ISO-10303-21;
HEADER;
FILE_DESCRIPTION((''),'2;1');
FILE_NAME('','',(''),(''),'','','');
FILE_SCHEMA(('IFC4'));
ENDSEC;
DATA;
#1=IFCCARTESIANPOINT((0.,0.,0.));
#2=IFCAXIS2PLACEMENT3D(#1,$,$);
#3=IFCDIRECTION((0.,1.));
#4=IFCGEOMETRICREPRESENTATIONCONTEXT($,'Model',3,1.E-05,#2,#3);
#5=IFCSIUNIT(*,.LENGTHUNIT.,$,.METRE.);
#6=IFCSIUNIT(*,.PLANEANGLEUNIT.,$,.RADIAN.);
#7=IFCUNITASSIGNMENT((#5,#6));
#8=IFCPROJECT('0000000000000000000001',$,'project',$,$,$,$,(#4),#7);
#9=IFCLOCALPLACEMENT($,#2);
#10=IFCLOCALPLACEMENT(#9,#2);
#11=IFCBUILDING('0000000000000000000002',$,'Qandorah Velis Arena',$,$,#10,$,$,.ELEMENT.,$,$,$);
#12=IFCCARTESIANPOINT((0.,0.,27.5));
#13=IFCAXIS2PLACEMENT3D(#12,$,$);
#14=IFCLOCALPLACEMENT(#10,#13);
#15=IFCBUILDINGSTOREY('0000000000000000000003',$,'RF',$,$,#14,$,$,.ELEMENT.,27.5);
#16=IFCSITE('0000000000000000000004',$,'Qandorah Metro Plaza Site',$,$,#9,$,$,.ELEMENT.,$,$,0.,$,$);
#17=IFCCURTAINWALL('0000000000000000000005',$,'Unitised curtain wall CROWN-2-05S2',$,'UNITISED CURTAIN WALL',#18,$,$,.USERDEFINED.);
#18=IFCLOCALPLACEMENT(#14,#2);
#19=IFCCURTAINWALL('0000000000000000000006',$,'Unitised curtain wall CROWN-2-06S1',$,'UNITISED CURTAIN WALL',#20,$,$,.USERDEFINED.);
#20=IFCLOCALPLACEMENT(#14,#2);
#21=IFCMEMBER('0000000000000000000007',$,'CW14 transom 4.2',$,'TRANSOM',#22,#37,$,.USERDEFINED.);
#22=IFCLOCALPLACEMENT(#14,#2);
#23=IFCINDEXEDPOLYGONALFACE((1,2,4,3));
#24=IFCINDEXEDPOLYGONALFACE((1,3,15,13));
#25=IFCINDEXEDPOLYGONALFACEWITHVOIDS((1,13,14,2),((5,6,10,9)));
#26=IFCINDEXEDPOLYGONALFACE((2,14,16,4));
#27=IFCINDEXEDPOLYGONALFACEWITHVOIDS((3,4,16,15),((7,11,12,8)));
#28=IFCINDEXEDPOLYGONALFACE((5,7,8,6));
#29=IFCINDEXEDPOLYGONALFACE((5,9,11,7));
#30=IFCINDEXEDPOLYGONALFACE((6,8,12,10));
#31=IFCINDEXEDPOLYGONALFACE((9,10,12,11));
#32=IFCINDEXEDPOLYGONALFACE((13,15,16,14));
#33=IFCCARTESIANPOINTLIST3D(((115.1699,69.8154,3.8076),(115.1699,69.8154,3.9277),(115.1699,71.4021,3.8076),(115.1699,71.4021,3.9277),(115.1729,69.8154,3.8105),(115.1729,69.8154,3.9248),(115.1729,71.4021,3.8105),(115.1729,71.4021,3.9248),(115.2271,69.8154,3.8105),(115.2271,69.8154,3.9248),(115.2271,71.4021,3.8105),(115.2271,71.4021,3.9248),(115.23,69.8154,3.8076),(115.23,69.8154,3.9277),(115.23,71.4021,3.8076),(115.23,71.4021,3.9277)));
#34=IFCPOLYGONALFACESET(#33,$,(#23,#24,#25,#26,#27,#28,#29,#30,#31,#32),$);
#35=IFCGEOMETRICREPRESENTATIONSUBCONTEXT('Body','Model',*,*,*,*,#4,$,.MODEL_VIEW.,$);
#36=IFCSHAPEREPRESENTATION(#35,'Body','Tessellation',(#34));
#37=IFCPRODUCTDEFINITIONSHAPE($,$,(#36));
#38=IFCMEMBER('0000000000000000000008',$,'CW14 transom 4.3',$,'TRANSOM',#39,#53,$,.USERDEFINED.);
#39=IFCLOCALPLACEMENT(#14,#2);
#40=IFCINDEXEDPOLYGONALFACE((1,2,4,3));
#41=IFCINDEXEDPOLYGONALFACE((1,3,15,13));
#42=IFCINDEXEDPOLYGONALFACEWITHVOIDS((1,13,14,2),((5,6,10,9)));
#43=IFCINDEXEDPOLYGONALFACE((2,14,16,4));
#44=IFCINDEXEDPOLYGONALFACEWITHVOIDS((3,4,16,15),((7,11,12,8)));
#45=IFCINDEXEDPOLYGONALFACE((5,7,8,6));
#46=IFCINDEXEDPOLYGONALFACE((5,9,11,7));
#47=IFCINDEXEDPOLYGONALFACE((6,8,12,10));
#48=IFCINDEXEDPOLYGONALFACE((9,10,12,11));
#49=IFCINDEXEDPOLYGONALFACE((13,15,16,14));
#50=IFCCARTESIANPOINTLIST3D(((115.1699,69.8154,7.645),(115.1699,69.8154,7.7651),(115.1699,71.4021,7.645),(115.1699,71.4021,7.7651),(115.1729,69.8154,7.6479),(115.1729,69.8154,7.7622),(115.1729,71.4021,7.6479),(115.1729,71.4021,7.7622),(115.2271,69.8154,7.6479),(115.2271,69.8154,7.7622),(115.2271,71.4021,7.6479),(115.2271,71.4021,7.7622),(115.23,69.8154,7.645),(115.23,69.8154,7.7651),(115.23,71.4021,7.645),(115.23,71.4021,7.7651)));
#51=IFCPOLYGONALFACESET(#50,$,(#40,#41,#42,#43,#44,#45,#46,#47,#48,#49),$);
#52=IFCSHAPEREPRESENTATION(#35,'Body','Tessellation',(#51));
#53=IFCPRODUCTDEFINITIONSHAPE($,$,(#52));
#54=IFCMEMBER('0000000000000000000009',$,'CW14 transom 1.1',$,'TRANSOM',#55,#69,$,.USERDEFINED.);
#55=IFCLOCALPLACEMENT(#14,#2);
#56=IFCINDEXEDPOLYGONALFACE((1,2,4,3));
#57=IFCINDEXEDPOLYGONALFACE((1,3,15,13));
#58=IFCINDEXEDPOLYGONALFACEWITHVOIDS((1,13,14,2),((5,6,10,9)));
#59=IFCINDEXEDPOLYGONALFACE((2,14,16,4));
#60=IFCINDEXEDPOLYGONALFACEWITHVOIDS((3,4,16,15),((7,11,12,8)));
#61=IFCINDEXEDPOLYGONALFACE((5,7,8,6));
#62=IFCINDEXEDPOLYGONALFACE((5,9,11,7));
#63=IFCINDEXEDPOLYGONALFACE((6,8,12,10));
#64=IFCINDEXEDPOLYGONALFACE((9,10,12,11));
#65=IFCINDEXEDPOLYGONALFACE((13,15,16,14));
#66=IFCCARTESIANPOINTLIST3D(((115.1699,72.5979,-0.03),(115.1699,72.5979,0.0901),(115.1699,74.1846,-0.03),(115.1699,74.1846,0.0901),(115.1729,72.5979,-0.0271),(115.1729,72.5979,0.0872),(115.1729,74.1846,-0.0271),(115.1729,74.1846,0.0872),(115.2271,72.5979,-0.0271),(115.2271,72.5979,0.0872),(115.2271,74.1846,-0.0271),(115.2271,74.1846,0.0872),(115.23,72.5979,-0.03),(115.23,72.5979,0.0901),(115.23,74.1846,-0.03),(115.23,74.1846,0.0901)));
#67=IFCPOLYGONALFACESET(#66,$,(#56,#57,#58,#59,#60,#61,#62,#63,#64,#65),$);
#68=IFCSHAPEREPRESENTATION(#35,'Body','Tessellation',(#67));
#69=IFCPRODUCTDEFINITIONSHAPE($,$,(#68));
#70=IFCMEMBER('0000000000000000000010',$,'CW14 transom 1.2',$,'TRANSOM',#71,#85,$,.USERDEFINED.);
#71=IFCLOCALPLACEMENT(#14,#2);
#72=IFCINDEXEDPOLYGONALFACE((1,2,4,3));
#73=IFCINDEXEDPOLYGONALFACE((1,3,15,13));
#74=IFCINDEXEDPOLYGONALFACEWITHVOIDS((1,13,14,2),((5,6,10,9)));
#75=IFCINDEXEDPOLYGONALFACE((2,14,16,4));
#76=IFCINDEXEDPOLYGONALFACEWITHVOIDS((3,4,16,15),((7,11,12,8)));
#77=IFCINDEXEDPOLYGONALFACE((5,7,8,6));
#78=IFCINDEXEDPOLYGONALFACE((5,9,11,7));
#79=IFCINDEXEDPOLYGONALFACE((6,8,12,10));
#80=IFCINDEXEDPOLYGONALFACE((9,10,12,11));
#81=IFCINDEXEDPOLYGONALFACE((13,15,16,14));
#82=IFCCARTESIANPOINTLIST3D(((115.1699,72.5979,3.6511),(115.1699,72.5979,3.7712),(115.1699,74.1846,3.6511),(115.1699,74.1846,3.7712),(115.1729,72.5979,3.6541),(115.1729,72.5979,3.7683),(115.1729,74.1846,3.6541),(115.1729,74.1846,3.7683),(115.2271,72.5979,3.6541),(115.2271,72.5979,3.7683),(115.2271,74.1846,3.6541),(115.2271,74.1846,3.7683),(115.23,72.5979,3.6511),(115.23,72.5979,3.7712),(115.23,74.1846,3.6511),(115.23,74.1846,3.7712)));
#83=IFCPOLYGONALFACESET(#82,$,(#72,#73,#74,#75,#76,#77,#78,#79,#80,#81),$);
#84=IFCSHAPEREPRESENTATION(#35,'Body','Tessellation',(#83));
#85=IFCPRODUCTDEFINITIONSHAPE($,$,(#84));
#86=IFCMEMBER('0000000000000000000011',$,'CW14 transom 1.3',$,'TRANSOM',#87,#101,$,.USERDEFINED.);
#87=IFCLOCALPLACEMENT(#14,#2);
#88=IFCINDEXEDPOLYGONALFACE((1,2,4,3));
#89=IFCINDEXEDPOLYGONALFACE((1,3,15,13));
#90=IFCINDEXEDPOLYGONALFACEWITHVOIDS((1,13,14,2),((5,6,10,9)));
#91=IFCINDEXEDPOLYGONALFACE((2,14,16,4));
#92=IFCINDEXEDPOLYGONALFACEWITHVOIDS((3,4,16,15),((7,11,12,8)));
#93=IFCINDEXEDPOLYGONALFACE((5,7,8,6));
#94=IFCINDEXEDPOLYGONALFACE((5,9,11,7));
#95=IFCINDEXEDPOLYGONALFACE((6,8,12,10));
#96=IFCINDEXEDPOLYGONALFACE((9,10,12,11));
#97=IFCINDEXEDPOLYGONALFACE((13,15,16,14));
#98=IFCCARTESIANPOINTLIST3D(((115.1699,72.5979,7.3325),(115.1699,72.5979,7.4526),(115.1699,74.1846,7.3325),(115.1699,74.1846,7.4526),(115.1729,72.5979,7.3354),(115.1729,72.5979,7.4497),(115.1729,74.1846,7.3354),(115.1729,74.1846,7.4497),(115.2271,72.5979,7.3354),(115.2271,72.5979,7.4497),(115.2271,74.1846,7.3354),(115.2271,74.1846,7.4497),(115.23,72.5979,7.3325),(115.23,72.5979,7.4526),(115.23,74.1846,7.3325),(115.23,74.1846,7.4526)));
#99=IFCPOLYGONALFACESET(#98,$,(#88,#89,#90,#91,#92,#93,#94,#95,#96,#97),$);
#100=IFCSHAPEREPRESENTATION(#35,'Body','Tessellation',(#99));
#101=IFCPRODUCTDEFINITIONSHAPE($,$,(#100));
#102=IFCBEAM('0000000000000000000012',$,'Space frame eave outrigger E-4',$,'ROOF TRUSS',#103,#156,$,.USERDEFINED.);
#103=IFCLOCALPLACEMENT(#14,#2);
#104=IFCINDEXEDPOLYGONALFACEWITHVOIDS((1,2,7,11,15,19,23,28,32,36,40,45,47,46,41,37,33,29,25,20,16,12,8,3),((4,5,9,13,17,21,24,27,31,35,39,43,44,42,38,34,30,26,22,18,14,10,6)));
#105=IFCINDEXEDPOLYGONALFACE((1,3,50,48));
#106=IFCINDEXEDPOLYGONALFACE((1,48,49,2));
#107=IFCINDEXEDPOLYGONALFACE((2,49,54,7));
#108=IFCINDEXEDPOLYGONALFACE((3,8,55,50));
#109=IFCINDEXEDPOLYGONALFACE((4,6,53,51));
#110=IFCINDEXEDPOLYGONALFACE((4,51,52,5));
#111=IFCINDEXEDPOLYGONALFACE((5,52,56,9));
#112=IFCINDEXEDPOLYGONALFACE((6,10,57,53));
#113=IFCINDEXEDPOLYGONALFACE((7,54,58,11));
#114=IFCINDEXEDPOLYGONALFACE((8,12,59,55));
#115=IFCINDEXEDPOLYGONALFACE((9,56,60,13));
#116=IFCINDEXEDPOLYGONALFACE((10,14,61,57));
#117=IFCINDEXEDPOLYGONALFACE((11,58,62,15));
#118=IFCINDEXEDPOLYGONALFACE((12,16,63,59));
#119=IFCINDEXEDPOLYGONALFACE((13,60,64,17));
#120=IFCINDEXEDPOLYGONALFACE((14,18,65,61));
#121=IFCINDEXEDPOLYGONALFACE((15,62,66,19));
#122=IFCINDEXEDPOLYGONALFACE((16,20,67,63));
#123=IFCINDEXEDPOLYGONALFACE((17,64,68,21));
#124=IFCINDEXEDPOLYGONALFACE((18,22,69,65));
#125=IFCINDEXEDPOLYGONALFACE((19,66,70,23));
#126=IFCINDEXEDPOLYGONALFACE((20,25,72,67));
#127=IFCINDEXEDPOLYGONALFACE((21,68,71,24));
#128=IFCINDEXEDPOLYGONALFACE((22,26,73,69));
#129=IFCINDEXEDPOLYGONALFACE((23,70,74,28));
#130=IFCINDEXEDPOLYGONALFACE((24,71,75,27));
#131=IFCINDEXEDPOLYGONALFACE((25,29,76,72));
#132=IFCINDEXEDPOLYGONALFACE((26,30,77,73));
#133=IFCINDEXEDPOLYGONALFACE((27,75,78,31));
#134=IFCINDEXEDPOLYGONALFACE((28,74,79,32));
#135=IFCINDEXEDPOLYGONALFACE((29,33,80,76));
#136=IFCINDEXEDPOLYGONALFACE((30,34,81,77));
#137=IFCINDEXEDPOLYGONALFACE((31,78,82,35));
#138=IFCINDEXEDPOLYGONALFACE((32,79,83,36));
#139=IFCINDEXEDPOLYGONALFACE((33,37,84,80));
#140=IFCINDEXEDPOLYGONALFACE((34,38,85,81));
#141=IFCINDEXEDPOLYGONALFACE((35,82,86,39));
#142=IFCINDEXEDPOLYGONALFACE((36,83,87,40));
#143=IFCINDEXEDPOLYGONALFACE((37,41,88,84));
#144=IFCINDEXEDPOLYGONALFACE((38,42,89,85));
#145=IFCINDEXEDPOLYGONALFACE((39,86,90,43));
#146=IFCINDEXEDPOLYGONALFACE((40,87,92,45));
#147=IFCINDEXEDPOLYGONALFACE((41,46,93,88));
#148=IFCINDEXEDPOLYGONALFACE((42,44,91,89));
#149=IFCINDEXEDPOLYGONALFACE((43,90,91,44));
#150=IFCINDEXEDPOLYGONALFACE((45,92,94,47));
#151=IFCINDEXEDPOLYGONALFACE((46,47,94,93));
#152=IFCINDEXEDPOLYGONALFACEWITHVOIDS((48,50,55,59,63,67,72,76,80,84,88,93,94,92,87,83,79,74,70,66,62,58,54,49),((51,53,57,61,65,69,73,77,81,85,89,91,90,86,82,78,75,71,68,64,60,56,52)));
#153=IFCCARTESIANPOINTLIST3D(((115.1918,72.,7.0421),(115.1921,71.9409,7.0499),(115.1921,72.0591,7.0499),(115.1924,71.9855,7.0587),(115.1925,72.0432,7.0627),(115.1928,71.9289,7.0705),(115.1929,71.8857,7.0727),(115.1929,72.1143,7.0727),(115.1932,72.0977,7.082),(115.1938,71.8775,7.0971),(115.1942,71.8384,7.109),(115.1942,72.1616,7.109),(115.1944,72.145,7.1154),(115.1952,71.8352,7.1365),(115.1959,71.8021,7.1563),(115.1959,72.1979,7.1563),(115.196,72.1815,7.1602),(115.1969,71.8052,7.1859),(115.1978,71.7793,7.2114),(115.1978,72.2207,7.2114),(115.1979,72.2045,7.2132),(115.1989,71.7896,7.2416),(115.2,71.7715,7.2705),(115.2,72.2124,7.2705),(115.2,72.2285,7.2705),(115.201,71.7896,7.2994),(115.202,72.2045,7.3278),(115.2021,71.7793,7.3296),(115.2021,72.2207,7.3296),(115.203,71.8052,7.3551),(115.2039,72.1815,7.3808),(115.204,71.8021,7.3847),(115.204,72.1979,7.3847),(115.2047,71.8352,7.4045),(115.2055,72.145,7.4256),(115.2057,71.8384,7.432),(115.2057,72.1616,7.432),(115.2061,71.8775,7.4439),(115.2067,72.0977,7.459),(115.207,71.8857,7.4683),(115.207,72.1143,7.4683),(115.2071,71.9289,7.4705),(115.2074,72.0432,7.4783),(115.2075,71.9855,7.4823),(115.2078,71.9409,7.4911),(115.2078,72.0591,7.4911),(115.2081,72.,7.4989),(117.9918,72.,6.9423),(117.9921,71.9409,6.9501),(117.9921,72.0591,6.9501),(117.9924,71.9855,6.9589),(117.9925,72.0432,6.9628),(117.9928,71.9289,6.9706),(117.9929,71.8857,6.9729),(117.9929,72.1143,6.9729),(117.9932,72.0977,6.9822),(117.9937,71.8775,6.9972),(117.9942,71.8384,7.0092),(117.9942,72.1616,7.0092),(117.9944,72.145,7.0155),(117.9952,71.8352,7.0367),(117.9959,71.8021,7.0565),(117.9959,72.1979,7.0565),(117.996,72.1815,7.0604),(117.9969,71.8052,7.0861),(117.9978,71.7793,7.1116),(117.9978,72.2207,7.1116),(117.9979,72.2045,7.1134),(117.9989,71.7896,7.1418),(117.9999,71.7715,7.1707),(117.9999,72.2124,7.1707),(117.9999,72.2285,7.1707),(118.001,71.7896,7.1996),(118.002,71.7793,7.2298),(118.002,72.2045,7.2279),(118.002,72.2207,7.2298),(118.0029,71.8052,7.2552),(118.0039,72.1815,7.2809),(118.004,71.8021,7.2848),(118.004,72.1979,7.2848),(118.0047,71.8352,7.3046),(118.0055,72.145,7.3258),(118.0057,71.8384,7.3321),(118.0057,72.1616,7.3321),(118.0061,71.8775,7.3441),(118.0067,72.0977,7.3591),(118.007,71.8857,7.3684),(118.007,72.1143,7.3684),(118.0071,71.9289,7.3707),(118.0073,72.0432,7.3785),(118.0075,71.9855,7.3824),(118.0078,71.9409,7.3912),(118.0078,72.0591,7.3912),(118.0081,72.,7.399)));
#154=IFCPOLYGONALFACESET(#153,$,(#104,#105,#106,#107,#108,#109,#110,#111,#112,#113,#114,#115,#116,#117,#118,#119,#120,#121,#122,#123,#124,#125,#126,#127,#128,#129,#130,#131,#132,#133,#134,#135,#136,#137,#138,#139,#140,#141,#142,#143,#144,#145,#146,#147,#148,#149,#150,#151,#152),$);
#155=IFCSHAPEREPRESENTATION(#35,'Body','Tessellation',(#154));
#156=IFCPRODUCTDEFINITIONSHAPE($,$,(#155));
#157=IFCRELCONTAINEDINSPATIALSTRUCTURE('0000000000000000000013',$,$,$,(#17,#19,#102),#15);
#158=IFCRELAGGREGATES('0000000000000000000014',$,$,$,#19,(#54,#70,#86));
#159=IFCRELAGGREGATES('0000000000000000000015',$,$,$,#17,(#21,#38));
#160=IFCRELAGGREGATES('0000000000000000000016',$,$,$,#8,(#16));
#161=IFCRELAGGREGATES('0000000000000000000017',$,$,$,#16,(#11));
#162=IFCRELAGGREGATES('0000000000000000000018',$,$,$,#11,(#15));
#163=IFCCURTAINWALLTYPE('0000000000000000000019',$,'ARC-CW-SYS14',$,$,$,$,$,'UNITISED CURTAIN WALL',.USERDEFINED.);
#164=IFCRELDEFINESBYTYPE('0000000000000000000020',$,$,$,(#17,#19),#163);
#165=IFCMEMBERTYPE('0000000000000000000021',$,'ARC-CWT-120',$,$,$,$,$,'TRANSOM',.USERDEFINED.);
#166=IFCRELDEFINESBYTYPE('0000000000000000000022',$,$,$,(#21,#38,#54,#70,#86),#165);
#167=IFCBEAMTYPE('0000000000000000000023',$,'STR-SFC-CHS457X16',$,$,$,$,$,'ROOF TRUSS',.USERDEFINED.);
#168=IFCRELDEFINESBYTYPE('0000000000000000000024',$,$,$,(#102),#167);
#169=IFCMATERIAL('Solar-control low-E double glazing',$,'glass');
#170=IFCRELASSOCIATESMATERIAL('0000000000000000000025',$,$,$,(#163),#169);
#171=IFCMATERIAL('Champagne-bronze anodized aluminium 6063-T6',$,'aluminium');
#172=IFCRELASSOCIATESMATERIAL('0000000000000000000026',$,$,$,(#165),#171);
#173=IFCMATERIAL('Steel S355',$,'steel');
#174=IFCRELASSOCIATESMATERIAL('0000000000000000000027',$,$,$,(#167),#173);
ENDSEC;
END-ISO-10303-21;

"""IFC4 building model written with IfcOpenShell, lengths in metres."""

from ifc_helpers import new_model, si_unit, direction, frame, origin, origin_2d, place, context, subcontext, project, spatial, hollow_rectangle, hollow_circle, extrude, material, material_profile, profile_set, type_object, element, aggregate, save


model = new_model("IFC4")

# Units and contexts
model_context = context("Model", 3, precision=1e-05, world=origin(), true_north=direction((0.0, 1.0)))
body_context = subcontext(model_context, "Body", "Model", "MODEL_VIEW")
ifc_project = project(units=[si_unit("LENGTHUNIT", "METRE"), si_unit("PLANEANGLEUNIT", "RADIAN")], contexts=[model_context])

# Site, building, storey
site_placement = place(None, origin())
site = spatial("IfcSite", under=ifc_project, at=site_placement, Name="Qandorah Metro Plaza Site", CompositionType="ELEMENT", RefElevation=0.0)
building_placement = place(site_placement, origin())
building = spatial("IfcBuilding", under=site, at=building_placement, Name="Qandorah Velis Arena", CompositionType="ELEMENT")
storey_placement = place(building_placement, frame((0.0, 0.0, 27.5)))
storey = spatial("IfcBuildingStorey", under=building, at=storey_placement, Name="RF", CompositionType="ELEMENT", Elevation=27.5)

# Curtain wall
ifc_material_1 = material(Name="Solar-control low-E double glazing", Category="glass")
curtain_wall_type = type_object("IfcCurtainWallType", Name="ARC-CW-SYS14", ElementType="UNITISED CURTAIN WALL", PredefinedType="USERDEFINED", material=ifc_material_1)
curtain_wall_1_placement = place(storey_placement, origin())
curtain_wall_1 = element("IfcCurtainWall", 1, at=curtain_wall_1_placement, inside=storey, type_object=curtain_wall_type, Name="Unitised curtain wall CROWN-2-05S2", ObjectType="UNITISED CURTAIN WALL", PredefinedType="USERDEFINED")
ifc_material_2 = material(Name="Champagne-bronze anodized aluminium 6063-T6", Category="aluminium")

# Curtain wall
curtain_wall_2_placement = place(storey_placement, origin())
curtain_wall_2 = element("IfcCurtainWall", 2, at=curtain_wall_2_placement, inside=storey, type_object=curtain_wall_type, Name="Unitised curtain wall CROWN-2-06S1", ObjectType="UNITISED CURTAIN WALL", PredefinedType="USERDEFINED")

# Members
ifc_material_profile_1 = material_profile(ifc_material_2, hollow_rectangle(XDim=0.0601, YDim=0.1201, WallThickness=0.0029, at=origin_2d()), Name="ALU TRANSOM 60x120")
ifc_profile_set_1 = profile_set([ifc_material_profile_1], Name="Champagne-bronze anodized aluminium 6063-T6")
member_type_1 = type_object("IfcMemberType", Name="ARC-CWT-120", ElementType="TRANSOM", PredefinedType="USERDEFINED", material=ifc_profile_set_1)
member_1_placement = place(storey_placement, frame((115.2, 69.8154, 3.8677), z_axis=(0.0, 1.0, 0.0), x_axis=(-1.0, 0.0, 0.0)))
member_1 = element("IfcMember", 3, at=member_1_placement, type_object=member_type_1, Name="CW14 transom 4.2", ObjectType="TRANSOM", PredefinedType="USERDEFINED", context=body_context, shape_type="SweptSolid", body=[
    extrude(hollow_rectangle(XDim=0.0601, YDim=0.1201, WallThickness=0.0029, at=origin_2d()), origin(), (0.0, 0.0, 1.0), 1.5867),
])
member_2_placement = place(storey_placement, frame((115.2, 69.8154, 7.7051), z_axis=(0.0, 1.0, 0.0), x_axis=(-1.0, 0.0, 0.0)))
member_2 = element("IfcMember", 4, at=member_2_placement, type_object=member_type_1, Name="CW14 transom 4.3", ObjectType="TRANSOM", PredefinedType="USERDEFINED", context=body_context, shape_type="SweptSolid", body=[
    extrude(hollow_rectangle(XDim=0.0601, YDim=0.1201, WallThickness=0.0029, at=origin_2d()), origin(), (0.0, 0.0, 1.0), 1.5867),
])
member_3_placement = place(storey_placement, frame((115.2, 72.5979, 0.03), z_axis=(0.0, 1.0, 0.0), x_axis=(-1.0, 0.0, 0.0)))
member_3 = element("IfcMember", 5, at=member_3_placement, type_object=member_type_1, Name="CW14 transom 1.1", ObjectType="TRANSOM", PredefinedType="USERDEFINED", context=body_context, shape_type="SweptSolid", body=[
    extrude(hollow_rectangle(XDim=0.0601, YDim=0.1201, WallThickness=0.0029, at=origin_2d()), origin(), (0.0, 0.0, 1.0), 1.5867),
])
member_4_placement = place(storey_placement, frame((115.2, 72.5979, 3.7112), z_axis=(0.0, 1.0, 0.0), x_axis=(-1.0, 0.0, 0.0)))
member_4 = element("IfcMember", 6, at=member_4_placement, type_object=member_type_1, Name="CW14 transom 1.2", ObjectType="TRANSOM", PredefinedType="USERDEFINED", context=body_context, shape_type="SweptSolid", body=[
    extrude(hollow_rectangle(XDim=0.0601, YDim=0.1201, WallThickness=0.0029, at=origin_2d()), origin(), (0.0, 0.0, 1.0), 1.5867),
])
member_5_placement = place(storey_placement, frame((115.2, 72.5979, 7.3926), z_axis=(0.0, 1.0, 0.0), x_axis=(-1.0, 0.0, 0.0)))
member_5 = element("IfcMember", 7, at=member_5_placement, type_object=member_type_1, Name="CW14 transom 1.3", ObjectType="TRANSOM", PredefinedType="USERDEFINED", context=body_context, shape_type="SweptSolid", body=[
    extrude(hollow_rectangle(XDim=0.0601, YDim=0.1201, WallThickness=0.0029, at=origin_2d()), origin(), (0.0, 0.0, 1.0), 1.5867),
])
aggregate(curtain_wall_2, [member_3, member_4, member_5])

# Beam
ifc_material_3 = material(Name="Steel S355", Category="steel")
ifc_material_profile_2 = material_profile(ifc_material_3, hollow_circle(Radius=0.2285, WallThickness=0.0161, at=origin_2d()), Name="CHS 457x16")
ifc_profile_set_2 = profile_set([ifc_material_profile_2], Name="Steel S355")
beam_type_1 = type_object("IfcBeamType", Name="STR-SFC-CHS457X16", ElementType="ROOF TRUSS", PredefinedType="USERDEFINED", material=ifc_profile_set_2)
beam_1_placement = place(storey_placement, frame((115.2, 72.0, 7.2705), z_axis=(0.999365, 0.0, -0.035639), x_axis=(0.0, 1.0, 0.0)))
element("IfcBeam", 8, at=beam_1_placement, inside=storey, type_object=beam_type_1, Name="Space frame eave outrigger E-4", ObjectType="ROOF TRUSS", PredefinedType="USERDEFINED", context=body_context, shape_type="SweptSolid", body=[
    extrude(hollow_circle(Radius=0.2285, WallThickness=0.0161, at=origin_2d()), origin(), (0.0, 0.0, 1.0), 2.8018),
])

aggregate(curtain_wall_1, [member_1, member_2])

save(model, "model.ifc")
